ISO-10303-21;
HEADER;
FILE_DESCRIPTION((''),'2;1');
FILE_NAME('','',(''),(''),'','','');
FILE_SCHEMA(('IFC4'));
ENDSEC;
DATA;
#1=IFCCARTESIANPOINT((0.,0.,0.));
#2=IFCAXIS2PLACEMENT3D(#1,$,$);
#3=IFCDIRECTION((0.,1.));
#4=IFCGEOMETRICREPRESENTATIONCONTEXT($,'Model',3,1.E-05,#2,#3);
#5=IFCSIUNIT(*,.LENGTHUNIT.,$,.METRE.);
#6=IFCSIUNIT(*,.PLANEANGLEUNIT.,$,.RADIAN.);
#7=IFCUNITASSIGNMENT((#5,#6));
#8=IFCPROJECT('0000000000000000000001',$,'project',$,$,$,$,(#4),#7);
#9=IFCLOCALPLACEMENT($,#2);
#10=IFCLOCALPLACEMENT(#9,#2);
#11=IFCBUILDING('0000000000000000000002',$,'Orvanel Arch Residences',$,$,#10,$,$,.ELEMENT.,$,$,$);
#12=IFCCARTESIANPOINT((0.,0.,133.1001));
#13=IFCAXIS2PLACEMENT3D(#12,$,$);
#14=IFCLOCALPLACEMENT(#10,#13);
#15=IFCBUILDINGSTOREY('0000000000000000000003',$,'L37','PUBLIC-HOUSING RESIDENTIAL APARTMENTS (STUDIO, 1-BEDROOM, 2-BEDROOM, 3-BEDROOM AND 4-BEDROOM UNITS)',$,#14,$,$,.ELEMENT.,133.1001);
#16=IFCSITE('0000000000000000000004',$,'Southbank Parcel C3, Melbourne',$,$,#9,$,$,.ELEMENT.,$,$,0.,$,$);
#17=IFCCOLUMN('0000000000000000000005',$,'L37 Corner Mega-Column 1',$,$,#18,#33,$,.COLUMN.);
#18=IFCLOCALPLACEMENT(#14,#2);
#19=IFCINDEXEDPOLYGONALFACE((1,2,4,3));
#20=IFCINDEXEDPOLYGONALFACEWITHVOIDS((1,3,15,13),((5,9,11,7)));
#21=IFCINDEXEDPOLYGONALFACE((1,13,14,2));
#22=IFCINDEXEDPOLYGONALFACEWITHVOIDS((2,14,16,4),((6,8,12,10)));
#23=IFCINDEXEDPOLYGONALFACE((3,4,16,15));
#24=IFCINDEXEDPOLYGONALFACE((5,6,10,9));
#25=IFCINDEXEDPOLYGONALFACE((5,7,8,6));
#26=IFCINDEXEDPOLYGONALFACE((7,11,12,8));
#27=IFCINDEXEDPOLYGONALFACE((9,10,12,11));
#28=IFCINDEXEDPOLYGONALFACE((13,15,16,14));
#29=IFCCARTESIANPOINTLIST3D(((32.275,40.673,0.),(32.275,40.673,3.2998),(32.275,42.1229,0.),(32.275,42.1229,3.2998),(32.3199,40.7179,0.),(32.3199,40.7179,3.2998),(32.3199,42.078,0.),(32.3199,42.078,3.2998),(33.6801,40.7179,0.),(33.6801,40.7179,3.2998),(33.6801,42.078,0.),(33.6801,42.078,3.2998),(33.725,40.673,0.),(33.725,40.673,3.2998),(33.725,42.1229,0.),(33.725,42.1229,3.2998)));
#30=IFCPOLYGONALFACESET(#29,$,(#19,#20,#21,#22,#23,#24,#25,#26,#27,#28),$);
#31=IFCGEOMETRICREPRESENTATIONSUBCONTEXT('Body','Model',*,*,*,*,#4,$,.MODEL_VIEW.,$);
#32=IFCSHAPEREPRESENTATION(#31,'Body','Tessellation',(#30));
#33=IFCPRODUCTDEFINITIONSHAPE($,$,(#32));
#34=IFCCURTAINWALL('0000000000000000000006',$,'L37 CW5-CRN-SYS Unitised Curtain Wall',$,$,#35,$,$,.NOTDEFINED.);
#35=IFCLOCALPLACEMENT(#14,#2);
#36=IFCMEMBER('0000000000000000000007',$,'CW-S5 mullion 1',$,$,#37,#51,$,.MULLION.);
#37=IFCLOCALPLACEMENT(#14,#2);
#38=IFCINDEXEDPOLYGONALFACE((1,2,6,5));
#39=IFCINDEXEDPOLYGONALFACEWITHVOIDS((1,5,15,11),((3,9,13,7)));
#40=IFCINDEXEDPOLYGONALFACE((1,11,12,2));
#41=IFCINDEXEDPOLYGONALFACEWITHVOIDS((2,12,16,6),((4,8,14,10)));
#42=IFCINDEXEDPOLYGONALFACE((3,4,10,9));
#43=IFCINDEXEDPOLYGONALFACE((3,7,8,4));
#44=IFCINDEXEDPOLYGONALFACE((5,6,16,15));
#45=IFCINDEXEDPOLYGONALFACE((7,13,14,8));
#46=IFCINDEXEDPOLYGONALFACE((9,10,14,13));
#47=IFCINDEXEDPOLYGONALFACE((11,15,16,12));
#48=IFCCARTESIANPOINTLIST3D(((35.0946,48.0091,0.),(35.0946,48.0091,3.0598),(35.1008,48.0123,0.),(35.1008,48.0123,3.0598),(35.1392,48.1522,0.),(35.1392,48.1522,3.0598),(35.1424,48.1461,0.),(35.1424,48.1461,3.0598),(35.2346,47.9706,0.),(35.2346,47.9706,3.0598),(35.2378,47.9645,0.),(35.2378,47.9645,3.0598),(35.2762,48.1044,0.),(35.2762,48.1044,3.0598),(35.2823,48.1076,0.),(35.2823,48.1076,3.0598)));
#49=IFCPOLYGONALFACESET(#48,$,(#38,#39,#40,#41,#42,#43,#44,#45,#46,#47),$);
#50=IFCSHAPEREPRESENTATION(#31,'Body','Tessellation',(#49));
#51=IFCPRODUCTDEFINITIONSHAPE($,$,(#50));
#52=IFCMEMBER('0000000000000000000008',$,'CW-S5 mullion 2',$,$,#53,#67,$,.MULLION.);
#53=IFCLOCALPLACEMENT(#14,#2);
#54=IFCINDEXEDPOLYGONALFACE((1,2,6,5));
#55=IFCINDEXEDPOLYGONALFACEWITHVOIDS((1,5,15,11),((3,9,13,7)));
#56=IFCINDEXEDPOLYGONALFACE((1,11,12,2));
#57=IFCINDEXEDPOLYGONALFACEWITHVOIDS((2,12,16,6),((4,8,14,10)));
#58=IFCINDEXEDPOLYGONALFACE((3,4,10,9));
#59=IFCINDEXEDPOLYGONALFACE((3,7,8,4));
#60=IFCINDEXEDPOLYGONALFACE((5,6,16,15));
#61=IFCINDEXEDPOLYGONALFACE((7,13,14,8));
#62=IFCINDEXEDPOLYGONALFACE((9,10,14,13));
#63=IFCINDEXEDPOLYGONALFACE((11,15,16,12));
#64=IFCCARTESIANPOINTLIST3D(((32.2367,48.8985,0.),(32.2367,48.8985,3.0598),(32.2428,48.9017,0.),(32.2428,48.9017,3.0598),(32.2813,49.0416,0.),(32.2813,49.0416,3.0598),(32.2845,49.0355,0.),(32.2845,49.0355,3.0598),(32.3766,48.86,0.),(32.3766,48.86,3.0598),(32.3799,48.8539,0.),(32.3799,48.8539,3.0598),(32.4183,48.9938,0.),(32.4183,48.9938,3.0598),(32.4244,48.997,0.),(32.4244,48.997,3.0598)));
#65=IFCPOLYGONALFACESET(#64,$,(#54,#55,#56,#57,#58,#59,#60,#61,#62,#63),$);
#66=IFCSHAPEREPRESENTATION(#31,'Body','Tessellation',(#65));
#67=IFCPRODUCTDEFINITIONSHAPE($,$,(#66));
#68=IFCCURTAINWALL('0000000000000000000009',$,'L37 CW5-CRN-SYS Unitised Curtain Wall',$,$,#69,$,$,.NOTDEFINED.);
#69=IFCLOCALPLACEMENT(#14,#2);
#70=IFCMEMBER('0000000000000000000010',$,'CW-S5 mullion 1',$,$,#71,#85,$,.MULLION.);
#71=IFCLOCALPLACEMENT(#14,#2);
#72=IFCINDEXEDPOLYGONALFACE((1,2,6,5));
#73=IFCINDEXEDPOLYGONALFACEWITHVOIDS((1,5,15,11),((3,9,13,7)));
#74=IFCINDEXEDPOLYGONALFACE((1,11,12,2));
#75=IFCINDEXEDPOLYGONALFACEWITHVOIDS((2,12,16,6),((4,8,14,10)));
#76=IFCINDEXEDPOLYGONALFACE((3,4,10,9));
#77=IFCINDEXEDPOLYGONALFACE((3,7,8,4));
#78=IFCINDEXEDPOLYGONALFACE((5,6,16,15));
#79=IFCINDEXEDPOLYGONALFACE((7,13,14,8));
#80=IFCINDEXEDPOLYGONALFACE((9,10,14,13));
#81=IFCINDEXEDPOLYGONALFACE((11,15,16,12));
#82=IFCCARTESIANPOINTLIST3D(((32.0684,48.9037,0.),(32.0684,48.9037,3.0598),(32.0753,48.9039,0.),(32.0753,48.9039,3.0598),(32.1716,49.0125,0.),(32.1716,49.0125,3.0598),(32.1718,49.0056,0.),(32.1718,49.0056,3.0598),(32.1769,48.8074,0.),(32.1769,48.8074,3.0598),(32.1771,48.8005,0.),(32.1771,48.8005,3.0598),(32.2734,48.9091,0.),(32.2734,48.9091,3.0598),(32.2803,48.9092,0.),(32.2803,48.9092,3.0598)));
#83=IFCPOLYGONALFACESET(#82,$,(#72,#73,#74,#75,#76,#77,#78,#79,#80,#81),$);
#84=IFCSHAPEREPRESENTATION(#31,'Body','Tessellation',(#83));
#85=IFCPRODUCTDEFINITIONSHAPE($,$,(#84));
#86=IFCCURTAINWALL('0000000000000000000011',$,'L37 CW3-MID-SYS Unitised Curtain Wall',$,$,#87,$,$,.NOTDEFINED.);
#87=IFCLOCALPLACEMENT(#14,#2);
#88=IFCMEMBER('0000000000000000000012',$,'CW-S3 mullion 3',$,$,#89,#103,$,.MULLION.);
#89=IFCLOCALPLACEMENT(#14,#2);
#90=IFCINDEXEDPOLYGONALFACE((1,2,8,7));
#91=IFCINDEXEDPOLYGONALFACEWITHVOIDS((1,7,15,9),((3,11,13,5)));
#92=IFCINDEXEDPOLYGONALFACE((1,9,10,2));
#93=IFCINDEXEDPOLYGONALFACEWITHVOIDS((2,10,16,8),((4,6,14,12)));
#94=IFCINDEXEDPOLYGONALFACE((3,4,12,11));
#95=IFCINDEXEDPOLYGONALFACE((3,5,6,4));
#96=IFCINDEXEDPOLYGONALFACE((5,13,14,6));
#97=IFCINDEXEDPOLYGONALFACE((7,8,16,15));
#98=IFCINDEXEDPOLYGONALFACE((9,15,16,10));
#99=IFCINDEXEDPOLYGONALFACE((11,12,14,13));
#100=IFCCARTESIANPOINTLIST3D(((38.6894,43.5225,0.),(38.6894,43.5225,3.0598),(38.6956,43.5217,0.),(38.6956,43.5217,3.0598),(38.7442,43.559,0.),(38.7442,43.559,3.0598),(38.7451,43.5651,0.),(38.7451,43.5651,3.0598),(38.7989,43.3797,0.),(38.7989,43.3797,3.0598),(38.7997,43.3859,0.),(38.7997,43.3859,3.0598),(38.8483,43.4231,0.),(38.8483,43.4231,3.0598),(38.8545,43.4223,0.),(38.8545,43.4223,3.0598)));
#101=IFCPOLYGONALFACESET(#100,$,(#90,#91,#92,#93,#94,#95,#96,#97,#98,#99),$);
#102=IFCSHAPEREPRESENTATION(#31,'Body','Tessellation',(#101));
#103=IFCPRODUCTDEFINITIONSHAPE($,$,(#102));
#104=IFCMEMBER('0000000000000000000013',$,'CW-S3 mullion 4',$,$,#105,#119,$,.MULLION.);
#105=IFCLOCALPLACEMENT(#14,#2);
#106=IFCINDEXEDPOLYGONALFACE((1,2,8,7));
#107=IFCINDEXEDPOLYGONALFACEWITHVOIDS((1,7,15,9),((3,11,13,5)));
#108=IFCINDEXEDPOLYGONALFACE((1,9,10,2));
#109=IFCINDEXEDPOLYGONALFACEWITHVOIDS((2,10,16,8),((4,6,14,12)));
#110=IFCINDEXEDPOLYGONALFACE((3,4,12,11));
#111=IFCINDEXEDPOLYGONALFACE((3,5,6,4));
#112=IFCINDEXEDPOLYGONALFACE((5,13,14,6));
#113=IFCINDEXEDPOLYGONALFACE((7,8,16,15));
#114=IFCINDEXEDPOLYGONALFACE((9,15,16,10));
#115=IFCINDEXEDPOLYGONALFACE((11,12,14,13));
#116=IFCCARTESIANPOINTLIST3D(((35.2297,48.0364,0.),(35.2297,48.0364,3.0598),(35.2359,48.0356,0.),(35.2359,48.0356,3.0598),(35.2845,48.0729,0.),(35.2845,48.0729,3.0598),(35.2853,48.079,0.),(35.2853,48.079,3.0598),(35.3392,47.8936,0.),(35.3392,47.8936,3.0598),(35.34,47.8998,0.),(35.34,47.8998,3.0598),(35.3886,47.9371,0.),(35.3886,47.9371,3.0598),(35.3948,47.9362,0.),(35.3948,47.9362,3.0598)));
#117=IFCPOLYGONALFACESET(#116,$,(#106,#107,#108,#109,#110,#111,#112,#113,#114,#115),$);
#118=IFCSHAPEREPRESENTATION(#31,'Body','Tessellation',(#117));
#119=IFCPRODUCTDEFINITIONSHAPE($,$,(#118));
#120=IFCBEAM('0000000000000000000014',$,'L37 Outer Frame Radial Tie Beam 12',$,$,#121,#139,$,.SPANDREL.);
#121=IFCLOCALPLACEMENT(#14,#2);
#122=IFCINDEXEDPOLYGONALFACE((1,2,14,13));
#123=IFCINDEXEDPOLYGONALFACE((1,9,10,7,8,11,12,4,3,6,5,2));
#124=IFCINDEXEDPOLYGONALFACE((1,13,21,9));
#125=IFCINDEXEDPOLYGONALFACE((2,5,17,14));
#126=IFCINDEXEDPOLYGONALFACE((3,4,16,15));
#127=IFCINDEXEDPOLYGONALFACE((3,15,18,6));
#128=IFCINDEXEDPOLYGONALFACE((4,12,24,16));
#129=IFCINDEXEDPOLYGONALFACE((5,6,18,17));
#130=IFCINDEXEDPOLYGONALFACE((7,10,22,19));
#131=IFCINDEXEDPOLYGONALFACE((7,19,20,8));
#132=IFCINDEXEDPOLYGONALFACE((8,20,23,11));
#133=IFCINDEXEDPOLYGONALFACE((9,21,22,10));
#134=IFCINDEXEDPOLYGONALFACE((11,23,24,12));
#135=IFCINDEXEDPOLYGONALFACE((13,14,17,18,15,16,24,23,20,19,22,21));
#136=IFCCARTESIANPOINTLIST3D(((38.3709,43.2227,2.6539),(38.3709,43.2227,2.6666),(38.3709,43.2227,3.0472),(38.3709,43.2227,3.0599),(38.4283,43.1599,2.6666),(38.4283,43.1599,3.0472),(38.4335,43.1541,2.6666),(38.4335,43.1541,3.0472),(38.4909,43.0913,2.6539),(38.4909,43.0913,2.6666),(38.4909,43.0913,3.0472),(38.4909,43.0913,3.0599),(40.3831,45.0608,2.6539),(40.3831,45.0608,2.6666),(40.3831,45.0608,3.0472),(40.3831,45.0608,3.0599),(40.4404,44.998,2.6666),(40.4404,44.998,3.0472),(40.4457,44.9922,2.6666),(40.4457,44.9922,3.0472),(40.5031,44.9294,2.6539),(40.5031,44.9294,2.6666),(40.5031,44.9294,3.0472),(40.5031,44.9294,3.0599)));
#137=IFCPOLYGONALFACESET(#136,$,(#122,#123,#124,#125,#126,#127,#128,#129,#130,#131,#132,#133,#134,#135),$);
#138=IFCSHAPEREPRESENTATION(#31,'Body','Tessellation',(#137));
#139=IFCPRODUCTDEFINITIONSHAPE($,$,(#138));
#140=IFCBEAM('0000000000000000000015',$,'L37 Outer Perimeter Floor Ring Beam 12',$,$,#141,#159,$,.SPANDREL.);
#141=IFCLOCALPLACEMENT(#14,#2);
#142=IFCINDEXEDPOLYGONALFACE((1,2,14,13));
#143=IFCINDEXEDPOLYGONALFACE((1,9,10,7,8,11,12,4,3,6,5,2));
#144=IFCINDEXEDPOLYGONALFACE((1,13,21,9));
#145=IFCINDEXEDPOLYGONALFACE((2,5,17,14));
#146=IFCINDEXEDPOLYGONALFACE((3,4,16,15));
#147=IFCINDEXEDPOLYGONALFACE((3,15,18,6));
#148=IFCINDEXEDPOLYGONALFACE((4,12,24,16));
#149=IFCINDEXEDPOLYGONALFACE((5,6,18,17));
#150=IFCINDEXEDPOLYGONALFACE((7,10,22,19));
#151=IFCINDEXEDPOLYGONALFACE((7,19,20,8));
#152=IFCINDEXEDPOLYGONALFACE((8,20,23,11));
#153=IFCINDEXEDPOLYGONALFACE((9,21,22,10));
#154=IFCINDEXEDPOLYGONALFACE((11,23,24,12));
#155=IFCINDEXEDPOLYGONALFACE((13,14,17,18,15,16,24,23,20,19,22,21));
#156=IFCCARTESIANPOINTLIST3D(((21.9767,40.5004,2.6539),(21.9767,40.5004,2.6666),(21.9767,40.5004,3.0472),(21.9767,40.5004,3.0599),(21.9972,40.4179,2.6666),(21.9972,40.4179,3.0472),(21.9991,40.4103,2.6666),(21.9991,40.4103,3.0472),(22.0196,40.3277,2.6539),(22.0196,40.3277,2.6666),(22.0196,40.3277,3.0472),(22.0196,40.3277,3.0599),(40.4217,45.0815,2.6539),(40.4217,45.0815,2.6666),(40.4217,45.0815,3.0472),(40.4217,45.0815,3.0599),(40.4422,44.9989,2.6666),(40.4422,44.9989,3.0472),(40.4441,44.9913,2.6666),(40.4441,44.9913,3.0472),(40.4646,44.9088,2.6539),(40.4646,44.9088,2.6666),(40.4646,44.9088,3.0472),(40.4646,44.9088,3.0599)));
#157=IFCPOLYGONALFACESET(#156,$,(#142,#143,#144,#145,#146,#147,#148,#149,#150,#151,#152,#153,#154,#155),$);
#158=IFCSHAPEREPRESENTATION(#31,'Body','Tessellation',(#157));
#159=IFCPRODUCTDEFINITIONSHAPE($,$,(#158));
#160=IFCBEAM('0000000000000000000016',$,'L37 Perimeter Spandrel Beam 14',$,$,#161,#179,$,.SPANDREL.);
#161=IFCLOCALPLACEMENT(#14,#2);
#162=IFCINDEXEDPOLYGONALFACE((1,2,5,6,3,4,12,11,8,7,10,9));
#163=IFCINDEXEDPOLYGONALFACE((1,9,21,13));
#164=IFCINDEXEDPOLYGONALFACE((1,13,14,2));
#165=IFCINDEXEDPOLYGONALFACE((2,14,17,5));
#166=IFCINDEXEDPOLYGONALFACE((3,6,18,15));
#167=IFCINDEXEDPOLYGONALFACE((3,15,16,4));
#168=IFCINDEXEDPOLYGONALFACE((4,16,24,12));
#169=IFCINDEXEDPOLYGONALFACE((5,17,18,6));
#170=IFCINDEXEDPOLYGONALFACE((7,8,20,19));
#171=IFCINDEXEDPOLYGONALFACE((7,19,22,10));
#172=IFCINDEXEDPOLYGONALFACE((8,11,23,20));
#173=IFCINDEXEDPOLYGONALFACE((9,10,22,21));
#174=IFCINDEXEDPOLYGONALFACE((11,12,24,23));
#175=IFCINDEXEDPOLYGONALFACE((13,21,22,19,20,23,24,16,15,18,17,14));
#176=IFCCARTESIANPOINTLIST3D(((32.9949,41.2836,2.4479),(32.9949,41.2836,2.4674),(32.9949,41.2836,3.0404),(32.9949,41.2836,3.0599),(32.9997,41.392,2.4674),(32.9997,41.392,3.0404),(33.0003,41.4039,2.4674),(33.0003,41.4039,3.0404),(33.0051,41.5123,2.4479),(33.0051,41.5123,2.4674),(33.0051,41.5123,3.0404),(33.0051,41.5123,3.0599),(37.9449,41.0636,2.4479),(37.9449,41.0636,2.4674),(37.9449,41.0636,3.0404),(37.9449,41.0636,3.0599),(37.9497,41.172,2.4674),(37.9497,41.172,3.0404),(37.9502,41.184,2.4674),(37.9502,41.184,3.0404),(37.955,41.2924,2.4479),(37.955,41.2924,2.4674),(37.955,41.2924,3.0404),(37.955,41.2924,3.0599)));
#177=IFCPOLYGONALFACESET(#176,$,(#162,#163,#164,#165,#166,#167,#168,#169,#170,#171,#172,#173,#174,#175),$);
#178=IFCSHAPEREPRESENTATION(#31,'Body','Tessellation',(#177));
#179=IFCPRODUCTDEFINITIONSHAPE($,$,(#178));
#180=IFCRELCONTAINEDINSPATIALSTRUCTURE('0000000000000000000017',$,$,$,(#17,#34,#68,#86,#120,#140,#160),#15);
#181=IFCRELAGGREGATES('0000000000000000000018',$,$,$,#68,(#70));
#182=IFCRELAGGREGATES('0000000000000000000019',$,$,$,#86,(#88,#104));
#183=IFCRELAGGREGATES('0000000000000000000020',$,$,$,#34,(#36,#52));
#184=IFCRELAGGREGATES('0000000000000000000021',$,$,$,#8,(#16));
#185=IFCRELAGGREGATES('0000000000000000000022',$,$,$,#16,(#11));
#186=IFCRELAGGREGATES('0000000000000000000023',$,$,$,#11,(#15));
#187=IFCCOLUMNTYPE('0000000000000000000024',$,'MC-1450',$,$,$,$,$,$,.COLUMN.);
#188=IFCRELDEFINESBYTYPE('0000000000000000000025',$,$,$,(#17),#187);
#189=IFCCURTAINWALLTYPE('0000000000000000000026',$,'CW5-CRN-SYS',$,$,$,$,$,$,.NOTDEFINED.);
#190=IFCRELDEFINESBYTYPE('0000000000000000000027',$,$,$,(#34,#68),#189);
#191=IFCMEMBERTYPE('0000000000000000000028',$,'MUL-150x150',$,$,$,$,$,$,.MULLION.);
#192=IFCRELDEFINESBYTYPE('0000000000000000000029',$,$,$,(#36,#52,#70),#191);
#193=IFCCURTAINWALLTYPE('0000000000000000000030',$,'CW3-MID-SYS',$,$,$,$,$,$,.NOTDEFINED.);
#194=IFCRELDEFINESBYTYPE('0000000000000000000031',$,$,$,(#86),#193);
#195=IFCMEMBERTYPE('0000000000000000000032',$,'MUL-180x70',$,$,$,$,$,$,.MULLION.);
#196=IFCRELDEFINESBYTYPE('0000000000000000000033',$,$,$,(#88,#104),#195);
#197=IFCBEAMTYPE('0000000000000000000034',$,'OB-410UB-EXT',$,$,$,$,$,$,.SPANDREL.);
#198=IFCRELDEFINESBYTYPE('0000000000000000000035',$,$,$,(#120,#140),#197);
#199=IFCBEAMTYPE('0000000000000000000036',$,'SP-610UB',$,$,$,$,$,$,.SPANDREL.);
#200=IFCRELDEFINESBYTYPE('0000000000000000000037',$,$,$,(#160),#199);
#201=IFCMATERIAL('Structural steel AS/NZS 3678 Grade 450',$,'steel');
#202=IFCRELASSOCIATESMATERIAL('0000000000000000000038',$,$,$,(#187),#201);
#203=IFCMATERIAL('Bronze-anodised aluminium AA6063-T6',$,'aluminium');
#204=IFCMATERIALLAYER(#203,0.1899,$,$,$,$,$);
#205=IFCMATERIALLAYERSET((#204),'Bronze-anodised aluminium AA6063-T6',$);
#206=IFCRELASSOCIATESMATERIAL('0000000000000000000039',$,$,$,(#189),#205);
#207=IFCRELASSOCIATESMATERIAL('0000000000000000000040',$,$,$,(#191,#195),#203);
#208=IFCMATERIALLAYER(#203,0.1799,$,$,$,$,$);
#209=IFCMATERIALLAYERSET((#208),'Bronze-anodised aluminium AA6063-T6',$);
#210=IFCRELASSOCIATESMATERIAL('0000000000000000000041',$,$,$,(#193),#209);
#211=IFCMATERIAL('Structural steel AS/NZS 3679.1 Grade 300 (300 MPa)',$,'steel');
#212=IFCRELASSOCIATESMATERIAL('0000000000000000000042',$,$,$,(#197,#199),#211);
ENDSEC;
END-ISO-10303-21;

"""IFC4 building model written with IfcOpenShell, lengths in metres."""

from ifc_helpers import new_model, si_unit, direction, frame, origin, origin_2d, place, context, subcontext, project, spatial, hollow_rectangle, i_section, extrude, material, layer, layer_set, material_profile, profile_set, type_object, element, aggregate, save


model = new_model("IFC4")

# Units and contexts
model_context = context("Model", 3, precision=1e-05, world=origin(), true_north=direction((0.0, 1.0)))
body_context = subcontext(model_context, "Body", "Model", "MODEL_VIEW")
ifc_project = project(units=[si_unit("LENGTHUNIT", "METRE"), si_unit("PLANEANGLEUNIT", "RADIAN")], contexts=[model_context])

# Site, building, storey
site_placement = place(None, origin())
site = spatial("IfcSite", under=ifc_project, at=site_placement, Name="Southbank Parcel C3, Melbourne", CompositionType="ELEMENT", RefElevation=0.0)
building_placement = place(site_placement, origin())
building = spatial("IfcBuilding", under=site, at=building_placement, Name="Orvanel Arch Residences", CompositionType="ELEMENT")
storey_placement = place(building_placement, frame((0.0, 0.0, 133.1001)))
storey = spatial("IfcBuildingStorey", under=building, at=storey_placement, Name="L37", Description="PUBLIC-HOUSING RESIDENTIAL APARTMENTS (STUDIO, 1-BEDROOM, 2-BEDROOM, 3-BEDROOM AND 4-BEDROOM UNITS)", CompositionType="ELEMENT", Elevation=133.1001)

# Column
ifc_material_1 = material(Name="Structural steel AS/NZS 3678 Grade 450", Category="steel")
ifc_material_profile_1 = material_profile(ifc_material_1, hollow_rectangle(XDim=1.45, YDim=1.45, WallThickness=0.0449, at=origin_2d()), Name="BOX1450x1450x45")
ifc_profile_set_1 = profile_set([ifc_material_profile_1], Name="Structural steel AS/NZS 3678 Grade 450")
column_type = type_object("IfcColumnType", Name="MC-1450", PredefinedType="COLUMN", material=ifc_profile_set_1)
column_placement = place(storey_placement, frame((33.0, 41.3979, 0.0), z_axis=(0.0, 0.0, 1.0), x_axis=(1.0, 0.0, 0.0)))
element("IfcColumn", 1, at=column_placement, inside=storey, type_object=column_type, Name="L37 Corner Mega-Column 1", PredefinedType="COLUMN", context=body_context, shape_type="SweptSolid", body=[
    extrude(hollow_rectangle(XDim=1.45, YDim=1.45, WallThickness=0.0449, at=origin_2d()), origin(), (0.0, 0.0, 1.0), 3.2998),
])

# Curtain wall, members
ifc_material_2 = material(Name="Bronze-anodised aluminium AA6063-T6", Category="aluminium")
ifc_layer_1 = layer(ifc_material_2, 0.1899)
ifc_layer_set_1 = layer_set([ifc_layer_1], Name="Bronze-anodised aluminium AA6063-T6")
curtain_wall_type_1 = type_object("IfcCurtainWallType", Name="CW5-CRN-SYS", PredefinedType="NOTDEFINED", material=ifc_layer_set_1)
curtain_wall_1_placement = place(storey_placement, origin())
curtain_wall_1 = element("IfcCurtainWall", 2, at=curtain_wall_1_placement, inside=storey, type_object=curtain_wall_type_1, Name="L37 CW5-CRN-SYS Unitised Curtain Wall", PredefinedType="NOTDEFINED")
ifc_material_profile_2 = material_profile(ifc_material_2, hollow_rectangle(XDim=0.1499, YDim=0.1499, WallThickness=0.0049, at=origin_2d()), Name="ALU150x150x5")
ifc_profile_set_2 = profile_set([ifc_material_profile_2], Name="Bronze-anodised aluminium AA6063-T6")
member_type_1 = type_object("IfcMemberType", Name="MUL-150x150", PredefinedType="MULLION", material=ifc_profile_set_2)
member_1_placement = place(storey_placement, frame((35.1885, 48.0583, 0.0), z_axis=(0.0, 0.0, 1.0), x_axis=(-0.29717, -0.954825, 0.0)))
member_1 = element("IfcMember", 3, at=member_1_placement, type_object=member_type_1, Name="CW-S5 mullion 1", PredefinedType="MULLION", context=body_context, shape_type="SweptSolid", body=[
    extrude(hollow_rectangle(XDim=0.1499, YDim=0.1499, WallThickness=0.0049, at=origin_2d()), origin(), (0.0, 0.0, 1.0), 3.0598),
])
member_2_placement = place(storey_placement, frame((32.3306, 48.9478, 0.0), z_axis=(0.0, 0.0, 1.0), x_axis=(-0.29717, -0.954825, 0.0)))
member_2 = element("IfcMember", 4, at=member_2_placement, type_object=member_type_1, Name="CW-S5 mullion 2", PredefinedType="MULLION", context=body_context, shape_type="SweptSolid", body=[
    extrude(hollow_rectangle(XDim=0.1499, YDim=0.1499, WallThickness=0.0049, at=origin_2d()), origin(), (0.0, 0.0, 1.0), 3.0598),
])

# Curtain wall, member
curtain_wall_2_placement = place(storey_placement, origin())
curtain_wall_2 = element("IfcCurtainWall", 5, at=curtain_wall_2_placement, inside=storey, type_object=curtain_wall_type_1, Name="L37 CW5-CRN-SYS Unitised Curtain Wall", PredefinedType="NOTDEFINED")
member_3_placement = place(storey_placement, frame((32.1743, 48.9065, 0.0), z_axis=(0.0, 0.0, 1.0), x_axis=(0.725178, -0.688562, 0.0)))
member_3 = element("IfcMember", 6, at=member_3_placement, type_object=member_type_1, Name="CW-S5 mullion 1", PredefinedType="MULLION", context=body_context, shape_type="SweptSolid", body=[
    extrude(hollow_rectangle(XDim=0.1499, YDim=0.1499, WallThickness=0.0049, at=origin_2d()), origin(), (0.0, 0.0, 1.0), 3.0598),
])

# Curtain wall, members
ifc_layer_2 = layer(ifc_material_2, 0.1799)
ifc_layer_set_2 = layer_set([ifc_layer_2], Name="Bronze-anodised aluminium AA6063-T6")
curtain_wall_type_2 = type_object("IfcCurtainWallType", Name="CW3-MID-SYS", PredefinedType="NOTDEFINED", material=ifc_layer_set_2)
curtain_wall_3_placement = place(storey_placement, origin())
curtain_wall_3 = element("IfcCurtainWall", 7, at=curtain_wall_3_placement, inside=storey, type_object=curtain_wall_type_2, Name="L37 CW3-MID-SYS Unitised Curtain Wall", PredefinedType="NOTDEFINED")
ifc_material_profile_3 = material_profile(ifc_material_2, hollow_rectangle(XDim=0.0701, YDim=0.1799, WallThickness=0.0044, at=origin_2d()), Name="ALU180x70x4.5")
ifc_profile_set_3 = profile_set([ifc_material_profile_3], Name="Bronze-anodised aluminium AA6063-T6")
member_type_2 = type_object("IfcMemberType", Name="MUL-180x70", PredefinedType="MULLION", material=ifc_profile_set_3)
member_4_placement = place(storey_placement, frame((38.772, 43.4724, 0.0), z_axis=(0.0, 0.0, 1.0), x_axis=(-0.793686, -0.608328, 0.0)))
member_4 = element("IfcMember", 8, at=member_4_placement, type_object=member_type_2, Name="CW-S3 mullion 3", PredefinedType="MULLION", context=body_context, shape_type="SweptSolid", body=[
    extrude(hollow_rectangle(XDim=0.0701, YDim=0.1799, WallThickness=0.0044, at=origin_2d()), origin(), (0.0, 0.0, 1.0), 3.0598),
])
member_5_placement = place(storey_placement, frame((35.3123, 47.9863, 0.0), z_axis=(0.0, 0.0, 1.0), x_axis=(-0.793686, -0.608328, 0.0)))
member_5 = element("IfcMember", 9, at=member_5_placement, type_object=member_type_2, Name="CW-S3 mullion 4", PredefinedType="MULLION", context=body_context, shape_type="SweptSolid", body=[
    extrude(hollow_rectangle(XDim=0.0701, YDim=0.1799, WallThickness=0.0044, at=origin_2d()), origin(), (0.0, 0.0, 1.0), 3.0598),
])

# Beams
ifc_material_3 = material(Name="Structural steel AS/NZS 3679.1 Grade 300 (300 MPa)", Category="steel")
ifc_material_profile_4 = material_profile(ifc_material_3, i_section(OverallWidth=0.178, OverallDepth=0.406, WebThickness=0.0078, FlangeThickness=0.0127, at=origin_2d()), Name="410UB59.7")
ifc_profile_set_4 = profile_set([ifc_material_profile_4], Name="Structural steel AS/NZS 3679.1 Grade 300 (300 MPa)")
beam_type_1 = type_object("IfcBeamType", Name="OB-410UB-EXT", PredefinedType="SPANDREL", material=ifc_profile_set_4)
beam_1_placement = place(storey_placement, frame((38.4309, 43.157, 2.8569), z_axis=(0.738321, 0.67445, 0.0), x_axis=(-0.67445, 0.738321, 0.0)))
element("IfcBeam", 10, at=beam_1_placement, inside=storey, type_object=beam_type_1, Name="L37 Outer Frame Radial Tie Beam 12", PredefinedType="SPANDREL", context=body_context, shape_type="SweptSolid", body=[
    extrude(i_section(OverallWidth=0.178, OverallDepth=0.406, WebThickness=0.0078, FlangeThickness=0.0127, at=origin_2d()), origin(), (0.0, 0.0, 1.0), 2.7253),
])
beam_2_placement = place(storey_placement, frame((40.4431, 44.9951, 2.8569), z_axis=(-0.970515, -0.241039, 0.0), x_axis=(0.241039, -0.970515, 0.0)))
element("IfcBeam", 11, at=beam_2_placement, inside=storey, type_object=beam_type_1, Name="L37 Outer Perimeter Floor Ring Beam 12", PredefinedType="SPANDREL", context=body_context, shape_type="SweptSolid", body=[
    extrude(i_section(OverallWidth=0.178, OverallDepth=0.406, WebThickness=0.0078, FlangeThickness=0.0127, at=origin_2d()), origin(), (0.0, 0.0, 1.0), 19.0054),
])
ifc_material_profile_5 = material_profile(ifc_material_3, i_section(OverallWidth=0.229, OverallDepth=0.6121, WebThickness=0.012, FlangeThickness=0.0195, at=origin_2d()), Name="610UB125")
ifc_profile_set_5 = profile_set([ifc_material_profile_5], Name="Structural steel AS/NZS 3679.1 Grade 300 (300 MPa)")
beam_type_2 = type_object("IfcBeamType", Name="SP-610UB", PredefinedType="SPANDREL", material=ifc_profile_set_5)
for number, where, z_axis, x_axis, name in (
    (12, (37.95, 41.178, 2.7539), (-0.999014, 0.044395, 0.0), (-0.044395, -0.999014, 0.0), "L37 Perimeter Spandrel Beam 14"),
):
    element("IfcBeam", number, at=place(storey_placement, frame(where, z_axis=z_axis, x_axis=x_axis)), inside=storey, type_object=beam_type_2, Name=name, PredefinedType="SPANDREL", context=body_context, shape_type="SweptSolid", body=[
        extrude(i_section(OverallWidth=0.229, OverallDepth=0.6121, WebThickness=0.012, FlangeThickness=0.0195, at=origin_2d()), origin(), (0.0, 0.0, 1.0), 4.9548),
    ])

aggregate(curtain_wall_2, [member_3])

aggregate(curtain_wall_3, [member_4, member_5])
aggregate(curtain_wall_1, [member_1, member_2])

save(model, "model.ifc")
